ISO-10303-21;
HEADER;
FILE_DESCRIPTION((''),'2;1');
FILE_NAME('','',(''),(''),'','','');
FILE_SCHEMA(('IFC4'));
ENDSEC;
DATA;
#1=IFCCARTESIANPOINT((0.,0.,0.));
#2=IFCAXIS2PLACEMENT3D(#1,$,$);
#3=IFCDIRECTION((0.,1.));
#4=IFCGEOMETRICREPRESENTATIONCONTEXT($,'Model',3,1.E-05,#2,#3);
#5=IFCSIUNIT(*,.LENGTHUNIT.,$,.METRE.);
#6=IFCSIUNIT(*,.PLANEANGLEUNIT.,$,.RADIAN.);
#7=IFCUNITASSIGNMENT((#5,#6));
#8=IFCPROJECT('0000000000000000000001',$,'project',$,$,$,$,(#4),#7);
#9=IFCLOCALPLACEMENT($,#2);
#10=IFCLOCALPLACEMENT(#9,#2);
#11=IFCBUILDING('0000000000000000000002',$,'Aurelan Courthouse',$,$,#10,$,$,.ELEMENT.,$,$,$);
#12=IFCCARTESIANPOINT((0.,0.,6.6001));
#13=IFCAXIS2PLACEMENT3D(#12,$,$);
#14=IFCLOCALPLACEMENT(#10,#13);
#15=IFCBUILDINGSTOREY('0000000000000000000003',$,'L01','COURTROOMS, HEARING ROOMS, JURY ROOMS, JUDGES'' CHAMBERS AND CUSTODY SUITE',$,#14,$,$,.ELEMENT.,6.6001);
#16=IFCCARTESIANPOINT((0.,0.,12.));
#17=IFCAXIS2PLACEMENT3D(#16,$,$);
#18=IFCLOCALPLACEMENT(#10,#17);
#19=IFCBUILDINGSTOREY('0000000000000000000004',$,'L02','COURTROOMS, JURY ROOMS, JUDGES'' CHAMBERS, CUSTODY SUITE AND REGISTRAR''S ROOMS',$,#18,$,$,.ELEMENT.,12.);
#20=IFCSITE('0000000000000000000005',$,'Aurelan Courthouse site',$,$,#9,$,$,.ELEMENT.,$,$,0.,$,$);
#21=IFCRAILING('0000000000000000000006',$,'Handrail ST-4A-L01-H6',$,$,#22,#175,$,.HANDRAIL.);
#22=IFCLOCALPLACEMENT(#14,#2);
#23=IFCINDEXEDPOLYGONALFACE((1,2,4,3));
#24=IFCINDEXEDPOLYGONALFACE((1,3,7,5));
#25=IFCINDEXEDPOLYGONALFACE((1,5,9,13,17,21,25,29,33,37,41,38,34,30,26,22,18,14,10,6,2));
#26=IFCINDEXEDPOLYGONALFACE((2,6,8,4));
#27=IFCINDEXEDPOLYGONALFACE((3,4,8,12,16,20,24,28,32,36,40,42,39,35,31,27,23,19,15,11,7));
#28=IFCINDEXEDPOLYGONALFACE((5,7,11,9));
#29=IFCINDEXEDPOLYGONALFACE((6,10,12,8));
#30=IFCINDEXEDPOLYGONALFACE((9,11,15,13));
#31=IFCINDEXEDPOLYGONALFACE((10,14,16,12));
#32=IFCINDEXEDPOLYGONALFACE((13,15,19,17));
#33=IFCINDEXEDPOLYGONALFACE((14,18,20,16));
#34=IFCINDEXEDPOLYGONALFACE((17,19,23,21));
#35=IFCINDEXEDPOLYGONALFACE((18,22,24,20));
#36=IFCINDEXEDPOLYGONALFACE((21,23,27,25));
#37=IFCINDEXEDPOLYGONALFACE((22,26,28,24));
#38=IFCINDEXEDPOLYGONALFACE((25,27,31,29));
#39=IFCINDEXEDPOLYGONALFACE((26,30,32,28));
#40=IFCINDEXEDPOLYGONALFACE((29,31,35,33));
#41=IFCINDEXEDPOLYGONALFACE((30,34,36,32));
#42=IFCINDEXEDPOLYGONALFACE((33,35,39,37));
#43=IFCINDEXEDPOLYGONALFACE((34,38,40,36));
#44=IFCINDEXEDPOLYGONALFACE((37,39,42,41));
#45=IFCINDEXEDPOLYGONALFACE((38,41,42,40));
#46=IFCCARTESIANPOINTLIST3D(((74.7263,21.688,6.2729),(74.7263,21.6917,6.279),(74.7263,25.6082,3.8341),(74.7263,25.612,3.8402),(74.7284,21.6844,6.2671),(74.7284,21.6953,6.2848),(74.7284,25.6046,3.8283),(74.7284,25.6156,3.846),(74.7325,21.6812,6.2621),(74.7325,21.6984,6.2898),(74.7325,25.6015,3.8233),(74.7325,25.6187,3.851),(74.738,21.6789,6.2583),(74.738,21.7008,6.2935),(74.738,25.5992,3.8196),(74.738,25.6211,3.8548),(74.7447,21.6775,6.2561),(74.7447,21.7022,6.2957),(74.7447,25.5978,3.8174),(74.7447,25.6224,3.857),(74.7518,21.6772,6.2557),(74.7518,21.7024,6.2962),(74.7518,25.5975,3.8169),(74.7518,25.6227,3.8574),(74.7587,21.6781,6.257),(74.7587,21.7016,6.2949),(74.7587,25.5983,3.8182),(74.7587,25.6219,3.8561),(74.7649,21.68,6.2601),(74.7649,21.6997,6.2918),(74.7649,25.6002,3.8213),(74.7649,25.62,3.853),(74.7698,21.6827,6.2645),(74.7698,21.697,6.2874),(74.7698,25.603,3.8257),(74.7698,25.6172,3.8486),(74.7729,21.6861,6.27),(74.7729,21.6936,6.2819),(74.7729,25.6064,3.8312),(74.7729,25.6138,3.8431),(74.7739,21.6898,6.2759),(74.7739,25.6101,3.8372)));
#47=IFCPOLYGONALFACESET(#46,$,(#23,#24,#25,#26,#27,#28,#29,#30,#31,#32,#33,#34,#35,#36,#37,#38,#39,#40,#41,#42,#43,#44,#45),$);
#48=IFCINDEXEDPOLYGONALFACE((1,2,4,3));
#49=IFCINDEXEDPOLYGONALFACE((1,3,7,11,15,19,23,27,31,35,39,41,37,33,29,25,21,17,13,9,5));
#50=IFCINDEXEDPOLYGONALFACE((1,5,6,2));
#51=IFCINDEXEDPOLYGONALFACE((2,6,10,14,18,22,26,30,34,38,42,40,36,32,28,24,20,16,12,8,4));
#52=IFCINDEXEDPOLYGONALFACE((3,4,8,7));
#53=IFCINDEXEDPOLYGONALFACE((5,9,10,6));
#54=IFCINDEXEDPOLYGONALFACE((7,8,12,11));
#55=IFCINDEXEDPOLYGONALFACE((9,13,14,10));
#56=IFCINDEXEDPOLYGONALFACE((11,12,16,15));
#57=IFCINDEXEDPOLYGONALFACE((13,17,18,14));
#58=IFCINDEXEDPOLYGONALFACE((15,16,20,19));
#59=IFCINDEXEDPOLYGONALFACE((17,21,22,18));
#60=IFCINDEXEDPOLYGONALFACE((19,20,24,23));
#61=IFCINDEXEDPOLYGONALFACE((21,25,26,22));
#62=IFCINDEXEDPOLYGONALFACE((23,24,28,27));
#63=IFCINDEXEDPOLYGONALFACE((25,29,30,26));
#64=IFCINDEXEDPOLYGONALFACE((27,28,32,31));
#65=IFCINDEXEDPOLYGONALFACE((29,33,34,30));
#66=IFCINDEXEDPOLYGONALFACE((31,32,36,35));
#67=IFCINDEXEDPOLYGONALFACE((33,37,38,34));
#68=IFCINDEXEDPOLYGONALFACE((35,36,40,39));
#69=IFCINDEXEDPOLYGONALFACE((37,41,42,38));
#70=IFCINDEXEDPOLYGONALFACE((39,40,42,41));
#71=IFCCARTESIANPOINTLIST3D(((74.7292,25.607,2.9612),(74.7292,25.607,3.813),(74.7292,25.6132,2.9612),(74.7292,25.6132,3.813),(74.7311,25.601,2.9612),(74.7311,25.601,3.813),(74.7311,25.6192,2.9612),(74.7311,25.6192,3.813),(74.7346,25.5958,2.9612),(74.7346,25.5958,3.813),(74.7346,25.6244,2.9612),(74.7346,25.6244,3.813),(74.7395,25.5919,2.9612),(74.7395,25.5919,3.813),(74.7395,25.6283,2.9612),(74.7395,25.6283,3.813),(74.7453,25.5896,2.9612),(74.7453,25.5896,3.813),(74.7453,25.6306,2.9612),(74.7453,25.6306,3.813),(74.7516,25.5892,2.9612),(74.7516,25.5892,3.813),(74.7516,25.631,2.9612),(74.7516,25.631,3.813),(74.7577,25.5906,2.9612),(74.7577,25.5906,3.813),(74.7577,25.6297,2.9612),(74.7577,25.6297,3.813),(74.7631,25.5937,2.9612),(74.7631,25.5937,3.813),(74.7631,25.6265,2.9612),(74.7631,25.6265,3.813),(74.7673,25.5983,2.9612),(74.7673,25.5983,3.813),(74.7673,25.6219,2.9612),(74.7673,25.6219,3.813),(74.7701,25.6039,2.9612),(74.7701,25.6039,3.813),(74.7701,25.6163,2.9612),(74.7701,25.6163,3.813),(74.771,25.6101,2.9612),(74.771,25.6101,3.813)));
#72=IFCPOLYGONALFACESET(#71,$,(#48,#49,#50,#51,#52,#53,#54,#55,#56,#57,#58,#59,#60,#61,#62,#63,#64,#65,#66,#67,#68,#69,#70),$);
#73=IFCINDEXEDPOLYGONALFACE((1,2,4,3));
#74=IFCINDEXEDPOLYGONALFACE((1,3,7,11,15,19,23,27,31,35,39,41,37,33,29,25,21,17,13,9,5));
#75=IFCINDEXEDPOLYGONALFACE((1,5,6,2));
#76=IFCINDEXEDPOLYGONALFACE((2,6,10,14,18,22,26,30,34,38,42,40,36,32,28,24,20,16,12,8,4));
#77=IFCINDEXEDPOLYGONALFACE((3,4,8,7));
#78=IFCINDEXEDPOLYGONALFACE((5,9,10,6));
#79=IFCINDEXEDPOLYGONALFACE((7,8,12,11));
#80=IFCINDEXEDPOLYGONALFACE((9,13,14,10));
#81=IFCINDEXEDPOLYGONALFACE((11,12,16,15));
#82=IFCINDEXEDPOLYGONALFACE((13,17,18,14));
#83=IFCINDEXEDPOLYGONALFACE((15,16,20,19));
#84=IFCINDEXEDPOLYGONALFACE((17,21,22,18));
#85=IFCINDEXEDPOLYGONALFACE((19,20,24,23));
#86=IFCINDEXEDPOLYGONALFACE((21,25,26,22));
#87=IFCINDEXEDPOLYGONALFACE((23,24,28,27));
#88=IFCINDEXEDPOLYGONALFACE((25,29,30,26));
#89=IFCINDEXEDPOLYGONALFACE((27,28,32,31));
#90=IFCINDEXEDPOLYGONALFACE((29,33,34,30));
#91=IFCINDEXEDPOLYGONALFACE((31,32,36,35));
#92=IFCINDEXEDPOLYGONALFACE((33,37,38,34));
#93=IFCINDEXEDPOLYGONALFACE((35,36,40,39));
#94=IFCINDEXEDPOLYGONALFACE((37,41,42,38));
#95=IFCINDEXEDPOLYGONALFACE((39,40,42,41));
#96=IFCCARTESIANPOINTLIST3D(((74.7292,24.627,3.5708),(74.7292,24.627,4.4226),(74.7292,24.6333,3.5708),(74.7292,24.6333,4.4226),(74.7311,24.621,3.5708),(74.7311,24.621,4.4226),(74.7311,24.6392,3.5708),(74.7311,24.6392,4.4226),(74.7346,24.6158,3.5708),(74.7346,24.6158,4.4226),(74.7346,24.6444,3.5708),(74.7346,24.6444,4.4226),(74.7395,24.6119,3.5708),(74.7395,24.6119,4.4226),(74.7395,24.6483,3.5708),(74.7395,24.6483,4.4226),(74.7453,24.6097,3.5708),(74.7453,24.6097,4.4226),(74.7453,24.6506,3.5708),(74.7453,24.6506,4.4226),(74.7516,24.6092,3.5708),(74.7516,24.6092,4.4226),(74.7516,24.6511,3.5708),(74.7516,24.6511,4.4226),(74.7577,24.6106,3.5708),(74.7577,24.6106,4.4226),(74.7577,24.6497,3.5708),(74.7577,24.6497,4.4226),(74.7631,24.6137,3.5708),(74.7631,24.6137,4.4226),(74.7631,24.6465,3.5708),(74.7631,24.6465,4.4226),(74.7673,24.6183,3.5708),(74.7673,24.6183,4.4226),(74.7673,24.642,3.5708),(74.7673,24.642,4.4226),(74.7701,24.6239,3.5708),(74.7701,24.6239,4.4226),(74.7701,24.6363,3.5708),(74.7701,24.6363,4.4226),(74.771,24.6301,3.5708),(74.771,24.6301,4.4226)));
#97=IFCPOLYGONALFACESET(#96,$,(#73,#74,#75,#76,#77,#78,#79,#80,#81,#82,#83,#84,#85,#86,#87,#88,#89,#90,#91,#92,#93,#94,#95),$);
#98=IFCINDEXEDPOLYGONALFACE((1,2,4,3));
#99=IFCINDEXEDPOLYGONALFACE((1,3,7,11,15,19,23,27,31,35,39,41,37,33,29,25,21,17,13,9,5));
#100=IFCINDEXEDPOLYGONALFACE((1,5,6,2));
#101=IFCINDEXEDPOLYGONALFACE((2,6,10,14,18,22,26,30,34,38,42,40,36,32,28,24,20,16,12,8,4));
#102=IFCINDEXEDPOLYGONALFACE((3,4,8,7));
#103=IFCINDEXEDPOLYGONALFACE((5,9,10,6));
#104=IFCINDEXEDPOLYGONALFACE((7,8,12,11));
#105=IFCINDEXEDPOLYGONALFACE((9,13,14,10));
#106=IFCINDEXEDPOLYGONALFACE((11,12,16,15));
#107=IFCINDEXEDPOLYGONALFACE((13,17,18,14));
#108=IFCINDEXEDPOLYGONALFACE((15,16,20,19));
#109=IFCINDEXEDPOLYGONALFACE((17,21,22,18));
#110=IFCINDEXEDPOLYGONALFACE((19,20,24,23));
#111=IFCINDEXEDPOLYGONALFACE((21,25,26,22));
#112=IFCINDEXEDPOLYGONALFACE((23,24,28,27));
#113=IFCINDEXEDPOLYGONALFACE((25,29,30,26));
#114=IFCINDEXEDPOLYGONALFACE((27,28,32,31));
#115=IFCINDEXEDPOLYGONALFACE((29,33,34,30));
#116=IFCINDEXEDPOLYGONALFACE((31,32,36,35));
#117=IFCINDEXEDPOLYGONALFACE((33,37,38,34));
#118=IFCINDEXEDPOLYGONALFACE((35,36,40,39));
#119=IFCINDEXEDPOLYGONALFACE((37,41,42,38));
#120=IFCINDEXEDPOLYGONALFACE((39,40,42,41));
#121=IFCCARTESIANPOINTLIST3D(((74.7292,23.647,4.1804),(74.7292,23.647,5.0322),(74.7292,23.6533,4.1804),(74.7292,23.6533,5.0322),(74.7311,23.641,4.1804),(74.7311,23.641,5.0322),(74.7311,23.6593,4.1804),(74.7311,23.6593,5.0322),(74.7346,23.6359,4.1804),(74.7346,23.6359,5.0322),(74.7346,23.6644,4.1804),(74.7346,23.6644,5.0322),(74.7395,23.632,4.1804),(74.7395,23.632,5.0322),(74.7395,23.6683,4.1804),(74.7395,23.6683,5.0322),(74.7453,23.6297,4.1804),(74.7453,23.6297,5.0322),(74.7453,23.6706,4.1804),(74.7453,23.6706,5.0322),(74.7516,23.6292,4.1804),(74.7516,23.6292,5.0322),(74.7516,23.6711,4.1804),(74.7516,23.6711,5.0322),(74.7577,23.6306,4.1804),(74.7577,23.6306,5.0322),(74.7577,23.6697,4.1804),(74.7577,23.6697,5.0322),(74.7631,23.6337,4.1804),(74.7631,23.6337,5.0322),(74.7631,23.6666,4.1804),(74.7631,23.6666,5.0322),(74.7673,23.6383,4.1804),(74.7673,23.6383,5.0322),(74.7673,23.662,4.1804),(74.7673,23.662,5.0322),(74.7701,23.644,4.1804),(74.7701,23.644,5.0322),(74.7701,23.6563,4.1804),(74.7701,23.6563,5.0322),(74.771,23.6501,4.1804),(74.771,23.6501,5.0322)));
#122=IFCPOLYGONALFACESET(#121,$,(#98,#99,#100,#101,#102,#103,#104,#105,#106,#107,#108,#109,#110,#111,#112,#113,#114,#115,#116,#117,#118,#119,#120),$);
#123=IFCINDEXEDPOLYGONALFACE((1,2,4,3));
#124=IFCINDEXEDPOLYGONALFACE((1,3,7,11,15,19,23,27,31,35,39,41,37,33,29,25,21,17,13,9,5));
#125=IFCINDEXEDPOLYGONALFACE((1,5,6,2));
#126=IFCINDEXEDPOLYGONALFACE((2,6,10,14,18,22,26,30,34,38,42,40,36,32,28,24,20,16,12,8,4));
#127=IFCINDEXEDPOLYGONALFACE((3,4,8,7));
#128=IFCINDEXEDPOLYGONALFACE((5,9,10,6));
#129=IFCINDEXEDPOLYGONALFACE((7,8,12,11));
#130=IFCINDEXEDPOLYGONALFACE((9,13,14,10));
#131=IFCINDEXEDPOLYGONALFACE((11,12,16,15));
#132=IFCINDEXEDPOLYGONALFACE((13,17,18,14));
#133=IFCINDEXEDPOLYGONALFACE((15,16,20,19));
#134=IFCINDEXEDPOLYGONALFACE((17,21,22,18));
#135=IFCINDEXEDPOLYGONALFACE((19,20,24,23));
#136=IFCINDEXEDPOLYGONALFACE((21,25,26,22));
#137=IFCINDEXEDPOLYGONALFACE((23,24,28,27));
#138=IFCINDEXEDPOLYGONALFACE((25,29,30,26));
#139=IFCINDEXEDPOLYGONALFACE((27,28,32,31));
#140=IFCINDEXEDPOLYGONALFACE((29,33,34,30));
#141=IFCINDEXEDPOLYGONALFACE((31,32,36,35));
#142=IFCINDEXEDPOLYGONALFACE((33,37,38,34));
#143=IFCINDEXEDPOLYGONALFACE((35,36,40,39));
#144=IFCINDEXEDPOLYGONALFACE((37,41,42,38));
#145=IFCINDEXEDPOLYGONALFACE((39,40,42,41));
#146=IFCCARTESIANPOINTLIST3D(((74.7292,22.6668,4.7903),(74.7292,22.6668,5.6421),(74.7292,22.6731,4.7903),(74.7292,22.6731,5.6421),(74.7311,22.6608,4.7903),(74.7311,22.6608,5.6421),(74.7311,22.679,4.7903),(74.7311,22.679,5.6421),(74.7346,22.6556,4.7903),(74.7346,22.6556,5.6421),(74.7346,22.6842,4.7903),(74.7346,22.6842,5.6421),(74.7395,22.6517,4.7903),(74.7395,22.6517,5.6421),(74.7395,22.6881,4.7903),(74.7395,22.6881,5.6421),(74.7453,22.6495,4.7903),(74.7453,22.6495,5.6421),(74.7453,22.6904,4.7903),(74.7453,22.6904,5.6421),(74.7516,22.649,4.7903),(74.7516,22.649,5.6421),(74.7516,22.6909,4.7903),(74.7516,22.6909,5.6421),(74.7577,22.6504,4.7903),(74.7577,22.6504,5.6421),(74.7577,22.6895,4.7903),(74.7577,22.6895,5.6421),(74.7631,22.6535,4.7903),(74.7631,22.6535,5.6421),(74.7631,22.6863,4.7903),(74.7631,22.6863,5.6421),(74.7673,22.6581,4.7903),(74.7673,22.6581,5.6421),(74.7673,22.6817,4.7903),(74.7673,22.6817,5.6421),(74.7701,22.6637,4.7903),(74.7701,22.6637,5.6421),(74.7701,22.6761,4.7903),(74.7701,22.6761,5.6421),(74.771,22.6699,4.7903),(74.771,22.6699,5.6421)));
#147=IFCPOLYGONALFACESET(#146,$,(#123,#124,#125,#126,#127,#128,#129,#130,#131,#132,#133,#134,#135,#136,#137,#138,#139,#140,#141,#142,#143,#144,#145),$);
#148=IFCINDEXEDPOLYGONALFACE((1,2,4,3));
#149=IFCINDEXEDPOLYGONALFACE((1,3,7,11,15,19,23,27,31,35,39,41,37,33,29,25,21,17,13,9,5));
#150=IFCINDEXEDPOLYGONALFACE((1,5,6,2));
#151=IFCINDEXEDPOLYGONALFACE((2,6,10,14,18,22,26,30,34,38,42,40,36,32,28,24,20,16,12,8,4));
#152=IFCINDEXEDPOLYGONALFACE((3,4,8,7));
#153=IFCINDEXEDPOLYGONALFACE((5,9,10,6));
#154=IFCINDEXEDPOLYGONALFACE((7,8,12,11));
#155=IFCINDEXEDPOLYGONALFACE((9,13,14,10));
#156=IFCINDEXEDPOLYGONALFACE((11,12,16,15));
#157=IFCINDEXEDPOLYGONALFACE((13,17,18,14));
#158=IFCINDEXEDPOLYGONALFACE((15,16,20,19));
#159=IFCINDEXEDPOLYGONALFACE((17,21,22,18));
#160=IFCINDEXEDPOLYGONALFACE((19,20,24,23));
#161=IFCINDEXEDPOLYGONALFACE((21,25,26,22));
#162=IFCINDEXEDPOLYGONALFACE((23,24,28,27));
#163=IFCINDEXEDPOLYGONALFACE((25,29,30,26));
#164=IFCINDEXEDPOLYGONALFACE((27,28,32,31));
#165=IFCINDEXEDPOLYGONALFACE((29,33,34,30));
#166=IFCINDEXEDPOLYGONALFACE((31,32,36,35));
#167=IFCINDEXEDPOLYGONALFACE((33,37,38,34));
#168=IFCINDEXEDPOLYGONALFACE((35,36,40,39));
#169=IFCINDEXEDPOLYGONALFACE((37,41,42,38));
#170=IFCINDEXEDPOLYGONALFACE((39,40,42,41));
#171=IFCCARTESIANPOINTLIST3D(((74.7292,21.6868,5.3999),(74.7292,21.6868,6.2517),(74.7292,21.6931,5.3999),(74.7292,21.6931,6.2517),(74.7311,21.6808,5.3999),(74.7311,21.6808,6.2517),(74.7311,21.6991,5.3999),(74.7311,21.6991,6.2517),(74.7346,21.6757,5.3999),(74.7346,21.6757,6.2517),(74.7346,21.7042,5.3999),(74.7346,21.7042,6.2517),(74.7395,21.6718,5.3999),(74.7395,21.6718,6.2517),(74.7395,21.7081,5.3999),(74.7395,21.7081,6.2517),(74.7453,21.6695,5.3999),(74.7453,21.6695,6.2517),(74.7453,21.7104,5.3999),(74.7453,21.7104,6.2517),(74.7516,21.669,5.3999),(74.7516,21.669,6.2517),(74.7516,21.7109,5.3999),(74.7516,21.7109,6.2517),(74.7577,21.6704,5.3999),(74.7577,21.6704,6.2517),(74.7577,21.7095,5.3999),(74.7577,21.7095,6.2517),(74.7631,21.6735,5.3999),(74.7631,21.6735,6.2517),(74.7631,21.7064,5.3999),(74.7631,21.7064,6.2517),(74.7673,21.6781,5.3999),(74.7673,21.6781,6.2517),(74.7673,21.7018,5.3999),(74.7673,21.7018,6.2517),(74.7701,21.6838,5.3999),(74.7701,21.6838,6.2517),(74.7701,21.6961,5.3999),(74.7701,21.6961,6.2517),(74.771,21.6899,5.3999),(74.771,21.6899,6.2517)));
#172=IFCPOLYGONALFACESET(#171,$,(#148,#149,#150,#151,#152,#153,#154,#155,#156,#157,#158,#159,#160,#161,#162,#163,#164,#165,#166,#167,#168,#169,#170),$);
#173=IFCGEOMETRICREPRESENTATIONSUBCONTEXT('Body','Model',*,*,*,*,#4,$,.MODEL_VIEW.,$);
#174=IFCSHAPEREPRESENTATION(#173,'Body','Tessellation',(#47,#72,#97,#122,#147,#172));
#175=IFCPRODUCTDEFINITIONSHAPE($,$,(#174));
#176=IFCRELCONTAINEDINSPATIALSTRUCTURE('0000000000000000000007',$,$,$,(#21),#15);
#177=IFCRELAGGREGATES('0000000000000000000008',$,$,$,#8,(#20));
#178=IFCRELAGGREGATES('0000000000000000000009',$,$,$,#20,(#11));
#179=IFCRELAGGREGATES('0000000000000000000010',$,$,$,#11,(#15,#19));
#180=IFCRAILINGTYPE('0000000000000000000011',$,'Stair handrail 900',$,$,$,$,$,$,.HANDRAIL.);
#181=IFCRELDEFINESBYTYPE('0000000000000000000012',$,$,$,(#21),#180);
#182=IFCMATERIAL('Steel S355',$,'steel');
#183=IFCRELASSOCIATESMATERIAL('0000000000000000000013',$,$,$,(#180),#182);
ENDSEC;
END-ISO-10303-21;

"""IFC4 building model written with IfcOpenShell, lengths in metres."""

from ifc_helpers import new_model, si_unit, direction, frame, origin, origin_2d, place, context, subcontext, project, spatial, circle, extrude, material, type_object, element, save


model = new_model("IFC4")

# Units and contexts
model_context = context("Model", 3, precision=1e-05, world=origin(), true_north=direction((0.0, 1.0)))
body_context = subcontext(model_context, "Body", "Model", "MODEL_VIEW")
ifc_project = project(units=[si_unit("LENGTHUNIT", "METRE"), si_unit("PLANEANGLEUNIT", "RADIAN")], contexts=[model_context])

# Site, building, storey
site_placement = place(None, origin())
site = spatial("IfcSite", under=ifc_project, at=site_placement, Name="Aurelan Courthouse site", CompositionType="ELEMENT", RefElevation=0.0)
building_placement = place(site_placement, origin())
building = spatial("IfcBuilding", under=site, at=building_placement, Name="Aurelan Courthouse", CompositionType="ELEMENT")
storey_1_placement = place(building_placement, frame((0.0, 0.0, 6.6001)))
storey_1 = spatial("IfcBuildingStorey", under=building, at=storey_1_placement, Name="L01", Description="COURTROOMS, HEARING ROOMS, JURY ROOMS, JUDGES' CHAMBERS AND CUSTODY SUITE", CompositionType="ELEMENT", Elevation=6.6001)

# Shared definitions
storey_2_placement = place(building_placement, frame((0.0, 0.0, 12.0)))
storey_2 = spatial("IfcBuildingStorey", under=building, at=storey_2_placement, Name="L02", Description="COURTROOMS, JURY ROOMS, JUDGES' CHAMBERS, CUSTODY SUITE AND REGISTRAR'S ROOMS", CompositionType="ELEMENT", Elevation=12.0)

# Railing
ifc_material_1 = material(Name="Steel S355", Category="steel")
railing_type_1 = type_object("IfcRailingType", Name="Stair handrail 900", PredefinedType="HANDRAIL", material=ifc_material_1)
for number, where, name in (
    (1, (74.75, 25.6101, 2.9612), "Handrail ST-4A-L01-H6"),
):
    element("IfcRailing", number, at=place(storey_1_placement, frame(where)), inside=storey_1, type_object=railing_type_1, Name=name, PredefinedType="HANDRAIL", context=body_context, shape_type="SweptSolid", body=[
        extrude(circle(Radius=0.0239, at=origin_2d()), frame((0.0, 0.0, 0.876), z_axis=(0.0, -0.849105, 0.528225), x_axis=(1.0, 0.0, 0.0)), (0.0, 0.0, 1.0), 4.6169),
        extrude(circle(Radius=0.021, at=origin_2d()), origin(), (0.0, 0.0, 1.0), 0.8518),
        extrude(circle(Radius=0.021, at=origin_2d()), frame((0.0, -0.98, 0.6096)), (0.0, 0.0, 1.0), 0.8518),
        extrude(circle(Radius=0.021, at=origin_2d()), frame((0.0, -1.96, 1.2192)), (0.0, 0.0, 1.0), 0.8518),
        extrude(circle(Radius=0.021, at=origin_2d()), frame((0.0, -2.9402, 1.8291)), (0.0, 0.0, 1.0), 0.8518),
        extrude(circle(Radius=0.021, at=origin_2d()), frame((0.0, -3.9202, 2.4387)), (0.0, 0.0, 1.0), 0.8518),
    ])

save(model, "model.ifc")
